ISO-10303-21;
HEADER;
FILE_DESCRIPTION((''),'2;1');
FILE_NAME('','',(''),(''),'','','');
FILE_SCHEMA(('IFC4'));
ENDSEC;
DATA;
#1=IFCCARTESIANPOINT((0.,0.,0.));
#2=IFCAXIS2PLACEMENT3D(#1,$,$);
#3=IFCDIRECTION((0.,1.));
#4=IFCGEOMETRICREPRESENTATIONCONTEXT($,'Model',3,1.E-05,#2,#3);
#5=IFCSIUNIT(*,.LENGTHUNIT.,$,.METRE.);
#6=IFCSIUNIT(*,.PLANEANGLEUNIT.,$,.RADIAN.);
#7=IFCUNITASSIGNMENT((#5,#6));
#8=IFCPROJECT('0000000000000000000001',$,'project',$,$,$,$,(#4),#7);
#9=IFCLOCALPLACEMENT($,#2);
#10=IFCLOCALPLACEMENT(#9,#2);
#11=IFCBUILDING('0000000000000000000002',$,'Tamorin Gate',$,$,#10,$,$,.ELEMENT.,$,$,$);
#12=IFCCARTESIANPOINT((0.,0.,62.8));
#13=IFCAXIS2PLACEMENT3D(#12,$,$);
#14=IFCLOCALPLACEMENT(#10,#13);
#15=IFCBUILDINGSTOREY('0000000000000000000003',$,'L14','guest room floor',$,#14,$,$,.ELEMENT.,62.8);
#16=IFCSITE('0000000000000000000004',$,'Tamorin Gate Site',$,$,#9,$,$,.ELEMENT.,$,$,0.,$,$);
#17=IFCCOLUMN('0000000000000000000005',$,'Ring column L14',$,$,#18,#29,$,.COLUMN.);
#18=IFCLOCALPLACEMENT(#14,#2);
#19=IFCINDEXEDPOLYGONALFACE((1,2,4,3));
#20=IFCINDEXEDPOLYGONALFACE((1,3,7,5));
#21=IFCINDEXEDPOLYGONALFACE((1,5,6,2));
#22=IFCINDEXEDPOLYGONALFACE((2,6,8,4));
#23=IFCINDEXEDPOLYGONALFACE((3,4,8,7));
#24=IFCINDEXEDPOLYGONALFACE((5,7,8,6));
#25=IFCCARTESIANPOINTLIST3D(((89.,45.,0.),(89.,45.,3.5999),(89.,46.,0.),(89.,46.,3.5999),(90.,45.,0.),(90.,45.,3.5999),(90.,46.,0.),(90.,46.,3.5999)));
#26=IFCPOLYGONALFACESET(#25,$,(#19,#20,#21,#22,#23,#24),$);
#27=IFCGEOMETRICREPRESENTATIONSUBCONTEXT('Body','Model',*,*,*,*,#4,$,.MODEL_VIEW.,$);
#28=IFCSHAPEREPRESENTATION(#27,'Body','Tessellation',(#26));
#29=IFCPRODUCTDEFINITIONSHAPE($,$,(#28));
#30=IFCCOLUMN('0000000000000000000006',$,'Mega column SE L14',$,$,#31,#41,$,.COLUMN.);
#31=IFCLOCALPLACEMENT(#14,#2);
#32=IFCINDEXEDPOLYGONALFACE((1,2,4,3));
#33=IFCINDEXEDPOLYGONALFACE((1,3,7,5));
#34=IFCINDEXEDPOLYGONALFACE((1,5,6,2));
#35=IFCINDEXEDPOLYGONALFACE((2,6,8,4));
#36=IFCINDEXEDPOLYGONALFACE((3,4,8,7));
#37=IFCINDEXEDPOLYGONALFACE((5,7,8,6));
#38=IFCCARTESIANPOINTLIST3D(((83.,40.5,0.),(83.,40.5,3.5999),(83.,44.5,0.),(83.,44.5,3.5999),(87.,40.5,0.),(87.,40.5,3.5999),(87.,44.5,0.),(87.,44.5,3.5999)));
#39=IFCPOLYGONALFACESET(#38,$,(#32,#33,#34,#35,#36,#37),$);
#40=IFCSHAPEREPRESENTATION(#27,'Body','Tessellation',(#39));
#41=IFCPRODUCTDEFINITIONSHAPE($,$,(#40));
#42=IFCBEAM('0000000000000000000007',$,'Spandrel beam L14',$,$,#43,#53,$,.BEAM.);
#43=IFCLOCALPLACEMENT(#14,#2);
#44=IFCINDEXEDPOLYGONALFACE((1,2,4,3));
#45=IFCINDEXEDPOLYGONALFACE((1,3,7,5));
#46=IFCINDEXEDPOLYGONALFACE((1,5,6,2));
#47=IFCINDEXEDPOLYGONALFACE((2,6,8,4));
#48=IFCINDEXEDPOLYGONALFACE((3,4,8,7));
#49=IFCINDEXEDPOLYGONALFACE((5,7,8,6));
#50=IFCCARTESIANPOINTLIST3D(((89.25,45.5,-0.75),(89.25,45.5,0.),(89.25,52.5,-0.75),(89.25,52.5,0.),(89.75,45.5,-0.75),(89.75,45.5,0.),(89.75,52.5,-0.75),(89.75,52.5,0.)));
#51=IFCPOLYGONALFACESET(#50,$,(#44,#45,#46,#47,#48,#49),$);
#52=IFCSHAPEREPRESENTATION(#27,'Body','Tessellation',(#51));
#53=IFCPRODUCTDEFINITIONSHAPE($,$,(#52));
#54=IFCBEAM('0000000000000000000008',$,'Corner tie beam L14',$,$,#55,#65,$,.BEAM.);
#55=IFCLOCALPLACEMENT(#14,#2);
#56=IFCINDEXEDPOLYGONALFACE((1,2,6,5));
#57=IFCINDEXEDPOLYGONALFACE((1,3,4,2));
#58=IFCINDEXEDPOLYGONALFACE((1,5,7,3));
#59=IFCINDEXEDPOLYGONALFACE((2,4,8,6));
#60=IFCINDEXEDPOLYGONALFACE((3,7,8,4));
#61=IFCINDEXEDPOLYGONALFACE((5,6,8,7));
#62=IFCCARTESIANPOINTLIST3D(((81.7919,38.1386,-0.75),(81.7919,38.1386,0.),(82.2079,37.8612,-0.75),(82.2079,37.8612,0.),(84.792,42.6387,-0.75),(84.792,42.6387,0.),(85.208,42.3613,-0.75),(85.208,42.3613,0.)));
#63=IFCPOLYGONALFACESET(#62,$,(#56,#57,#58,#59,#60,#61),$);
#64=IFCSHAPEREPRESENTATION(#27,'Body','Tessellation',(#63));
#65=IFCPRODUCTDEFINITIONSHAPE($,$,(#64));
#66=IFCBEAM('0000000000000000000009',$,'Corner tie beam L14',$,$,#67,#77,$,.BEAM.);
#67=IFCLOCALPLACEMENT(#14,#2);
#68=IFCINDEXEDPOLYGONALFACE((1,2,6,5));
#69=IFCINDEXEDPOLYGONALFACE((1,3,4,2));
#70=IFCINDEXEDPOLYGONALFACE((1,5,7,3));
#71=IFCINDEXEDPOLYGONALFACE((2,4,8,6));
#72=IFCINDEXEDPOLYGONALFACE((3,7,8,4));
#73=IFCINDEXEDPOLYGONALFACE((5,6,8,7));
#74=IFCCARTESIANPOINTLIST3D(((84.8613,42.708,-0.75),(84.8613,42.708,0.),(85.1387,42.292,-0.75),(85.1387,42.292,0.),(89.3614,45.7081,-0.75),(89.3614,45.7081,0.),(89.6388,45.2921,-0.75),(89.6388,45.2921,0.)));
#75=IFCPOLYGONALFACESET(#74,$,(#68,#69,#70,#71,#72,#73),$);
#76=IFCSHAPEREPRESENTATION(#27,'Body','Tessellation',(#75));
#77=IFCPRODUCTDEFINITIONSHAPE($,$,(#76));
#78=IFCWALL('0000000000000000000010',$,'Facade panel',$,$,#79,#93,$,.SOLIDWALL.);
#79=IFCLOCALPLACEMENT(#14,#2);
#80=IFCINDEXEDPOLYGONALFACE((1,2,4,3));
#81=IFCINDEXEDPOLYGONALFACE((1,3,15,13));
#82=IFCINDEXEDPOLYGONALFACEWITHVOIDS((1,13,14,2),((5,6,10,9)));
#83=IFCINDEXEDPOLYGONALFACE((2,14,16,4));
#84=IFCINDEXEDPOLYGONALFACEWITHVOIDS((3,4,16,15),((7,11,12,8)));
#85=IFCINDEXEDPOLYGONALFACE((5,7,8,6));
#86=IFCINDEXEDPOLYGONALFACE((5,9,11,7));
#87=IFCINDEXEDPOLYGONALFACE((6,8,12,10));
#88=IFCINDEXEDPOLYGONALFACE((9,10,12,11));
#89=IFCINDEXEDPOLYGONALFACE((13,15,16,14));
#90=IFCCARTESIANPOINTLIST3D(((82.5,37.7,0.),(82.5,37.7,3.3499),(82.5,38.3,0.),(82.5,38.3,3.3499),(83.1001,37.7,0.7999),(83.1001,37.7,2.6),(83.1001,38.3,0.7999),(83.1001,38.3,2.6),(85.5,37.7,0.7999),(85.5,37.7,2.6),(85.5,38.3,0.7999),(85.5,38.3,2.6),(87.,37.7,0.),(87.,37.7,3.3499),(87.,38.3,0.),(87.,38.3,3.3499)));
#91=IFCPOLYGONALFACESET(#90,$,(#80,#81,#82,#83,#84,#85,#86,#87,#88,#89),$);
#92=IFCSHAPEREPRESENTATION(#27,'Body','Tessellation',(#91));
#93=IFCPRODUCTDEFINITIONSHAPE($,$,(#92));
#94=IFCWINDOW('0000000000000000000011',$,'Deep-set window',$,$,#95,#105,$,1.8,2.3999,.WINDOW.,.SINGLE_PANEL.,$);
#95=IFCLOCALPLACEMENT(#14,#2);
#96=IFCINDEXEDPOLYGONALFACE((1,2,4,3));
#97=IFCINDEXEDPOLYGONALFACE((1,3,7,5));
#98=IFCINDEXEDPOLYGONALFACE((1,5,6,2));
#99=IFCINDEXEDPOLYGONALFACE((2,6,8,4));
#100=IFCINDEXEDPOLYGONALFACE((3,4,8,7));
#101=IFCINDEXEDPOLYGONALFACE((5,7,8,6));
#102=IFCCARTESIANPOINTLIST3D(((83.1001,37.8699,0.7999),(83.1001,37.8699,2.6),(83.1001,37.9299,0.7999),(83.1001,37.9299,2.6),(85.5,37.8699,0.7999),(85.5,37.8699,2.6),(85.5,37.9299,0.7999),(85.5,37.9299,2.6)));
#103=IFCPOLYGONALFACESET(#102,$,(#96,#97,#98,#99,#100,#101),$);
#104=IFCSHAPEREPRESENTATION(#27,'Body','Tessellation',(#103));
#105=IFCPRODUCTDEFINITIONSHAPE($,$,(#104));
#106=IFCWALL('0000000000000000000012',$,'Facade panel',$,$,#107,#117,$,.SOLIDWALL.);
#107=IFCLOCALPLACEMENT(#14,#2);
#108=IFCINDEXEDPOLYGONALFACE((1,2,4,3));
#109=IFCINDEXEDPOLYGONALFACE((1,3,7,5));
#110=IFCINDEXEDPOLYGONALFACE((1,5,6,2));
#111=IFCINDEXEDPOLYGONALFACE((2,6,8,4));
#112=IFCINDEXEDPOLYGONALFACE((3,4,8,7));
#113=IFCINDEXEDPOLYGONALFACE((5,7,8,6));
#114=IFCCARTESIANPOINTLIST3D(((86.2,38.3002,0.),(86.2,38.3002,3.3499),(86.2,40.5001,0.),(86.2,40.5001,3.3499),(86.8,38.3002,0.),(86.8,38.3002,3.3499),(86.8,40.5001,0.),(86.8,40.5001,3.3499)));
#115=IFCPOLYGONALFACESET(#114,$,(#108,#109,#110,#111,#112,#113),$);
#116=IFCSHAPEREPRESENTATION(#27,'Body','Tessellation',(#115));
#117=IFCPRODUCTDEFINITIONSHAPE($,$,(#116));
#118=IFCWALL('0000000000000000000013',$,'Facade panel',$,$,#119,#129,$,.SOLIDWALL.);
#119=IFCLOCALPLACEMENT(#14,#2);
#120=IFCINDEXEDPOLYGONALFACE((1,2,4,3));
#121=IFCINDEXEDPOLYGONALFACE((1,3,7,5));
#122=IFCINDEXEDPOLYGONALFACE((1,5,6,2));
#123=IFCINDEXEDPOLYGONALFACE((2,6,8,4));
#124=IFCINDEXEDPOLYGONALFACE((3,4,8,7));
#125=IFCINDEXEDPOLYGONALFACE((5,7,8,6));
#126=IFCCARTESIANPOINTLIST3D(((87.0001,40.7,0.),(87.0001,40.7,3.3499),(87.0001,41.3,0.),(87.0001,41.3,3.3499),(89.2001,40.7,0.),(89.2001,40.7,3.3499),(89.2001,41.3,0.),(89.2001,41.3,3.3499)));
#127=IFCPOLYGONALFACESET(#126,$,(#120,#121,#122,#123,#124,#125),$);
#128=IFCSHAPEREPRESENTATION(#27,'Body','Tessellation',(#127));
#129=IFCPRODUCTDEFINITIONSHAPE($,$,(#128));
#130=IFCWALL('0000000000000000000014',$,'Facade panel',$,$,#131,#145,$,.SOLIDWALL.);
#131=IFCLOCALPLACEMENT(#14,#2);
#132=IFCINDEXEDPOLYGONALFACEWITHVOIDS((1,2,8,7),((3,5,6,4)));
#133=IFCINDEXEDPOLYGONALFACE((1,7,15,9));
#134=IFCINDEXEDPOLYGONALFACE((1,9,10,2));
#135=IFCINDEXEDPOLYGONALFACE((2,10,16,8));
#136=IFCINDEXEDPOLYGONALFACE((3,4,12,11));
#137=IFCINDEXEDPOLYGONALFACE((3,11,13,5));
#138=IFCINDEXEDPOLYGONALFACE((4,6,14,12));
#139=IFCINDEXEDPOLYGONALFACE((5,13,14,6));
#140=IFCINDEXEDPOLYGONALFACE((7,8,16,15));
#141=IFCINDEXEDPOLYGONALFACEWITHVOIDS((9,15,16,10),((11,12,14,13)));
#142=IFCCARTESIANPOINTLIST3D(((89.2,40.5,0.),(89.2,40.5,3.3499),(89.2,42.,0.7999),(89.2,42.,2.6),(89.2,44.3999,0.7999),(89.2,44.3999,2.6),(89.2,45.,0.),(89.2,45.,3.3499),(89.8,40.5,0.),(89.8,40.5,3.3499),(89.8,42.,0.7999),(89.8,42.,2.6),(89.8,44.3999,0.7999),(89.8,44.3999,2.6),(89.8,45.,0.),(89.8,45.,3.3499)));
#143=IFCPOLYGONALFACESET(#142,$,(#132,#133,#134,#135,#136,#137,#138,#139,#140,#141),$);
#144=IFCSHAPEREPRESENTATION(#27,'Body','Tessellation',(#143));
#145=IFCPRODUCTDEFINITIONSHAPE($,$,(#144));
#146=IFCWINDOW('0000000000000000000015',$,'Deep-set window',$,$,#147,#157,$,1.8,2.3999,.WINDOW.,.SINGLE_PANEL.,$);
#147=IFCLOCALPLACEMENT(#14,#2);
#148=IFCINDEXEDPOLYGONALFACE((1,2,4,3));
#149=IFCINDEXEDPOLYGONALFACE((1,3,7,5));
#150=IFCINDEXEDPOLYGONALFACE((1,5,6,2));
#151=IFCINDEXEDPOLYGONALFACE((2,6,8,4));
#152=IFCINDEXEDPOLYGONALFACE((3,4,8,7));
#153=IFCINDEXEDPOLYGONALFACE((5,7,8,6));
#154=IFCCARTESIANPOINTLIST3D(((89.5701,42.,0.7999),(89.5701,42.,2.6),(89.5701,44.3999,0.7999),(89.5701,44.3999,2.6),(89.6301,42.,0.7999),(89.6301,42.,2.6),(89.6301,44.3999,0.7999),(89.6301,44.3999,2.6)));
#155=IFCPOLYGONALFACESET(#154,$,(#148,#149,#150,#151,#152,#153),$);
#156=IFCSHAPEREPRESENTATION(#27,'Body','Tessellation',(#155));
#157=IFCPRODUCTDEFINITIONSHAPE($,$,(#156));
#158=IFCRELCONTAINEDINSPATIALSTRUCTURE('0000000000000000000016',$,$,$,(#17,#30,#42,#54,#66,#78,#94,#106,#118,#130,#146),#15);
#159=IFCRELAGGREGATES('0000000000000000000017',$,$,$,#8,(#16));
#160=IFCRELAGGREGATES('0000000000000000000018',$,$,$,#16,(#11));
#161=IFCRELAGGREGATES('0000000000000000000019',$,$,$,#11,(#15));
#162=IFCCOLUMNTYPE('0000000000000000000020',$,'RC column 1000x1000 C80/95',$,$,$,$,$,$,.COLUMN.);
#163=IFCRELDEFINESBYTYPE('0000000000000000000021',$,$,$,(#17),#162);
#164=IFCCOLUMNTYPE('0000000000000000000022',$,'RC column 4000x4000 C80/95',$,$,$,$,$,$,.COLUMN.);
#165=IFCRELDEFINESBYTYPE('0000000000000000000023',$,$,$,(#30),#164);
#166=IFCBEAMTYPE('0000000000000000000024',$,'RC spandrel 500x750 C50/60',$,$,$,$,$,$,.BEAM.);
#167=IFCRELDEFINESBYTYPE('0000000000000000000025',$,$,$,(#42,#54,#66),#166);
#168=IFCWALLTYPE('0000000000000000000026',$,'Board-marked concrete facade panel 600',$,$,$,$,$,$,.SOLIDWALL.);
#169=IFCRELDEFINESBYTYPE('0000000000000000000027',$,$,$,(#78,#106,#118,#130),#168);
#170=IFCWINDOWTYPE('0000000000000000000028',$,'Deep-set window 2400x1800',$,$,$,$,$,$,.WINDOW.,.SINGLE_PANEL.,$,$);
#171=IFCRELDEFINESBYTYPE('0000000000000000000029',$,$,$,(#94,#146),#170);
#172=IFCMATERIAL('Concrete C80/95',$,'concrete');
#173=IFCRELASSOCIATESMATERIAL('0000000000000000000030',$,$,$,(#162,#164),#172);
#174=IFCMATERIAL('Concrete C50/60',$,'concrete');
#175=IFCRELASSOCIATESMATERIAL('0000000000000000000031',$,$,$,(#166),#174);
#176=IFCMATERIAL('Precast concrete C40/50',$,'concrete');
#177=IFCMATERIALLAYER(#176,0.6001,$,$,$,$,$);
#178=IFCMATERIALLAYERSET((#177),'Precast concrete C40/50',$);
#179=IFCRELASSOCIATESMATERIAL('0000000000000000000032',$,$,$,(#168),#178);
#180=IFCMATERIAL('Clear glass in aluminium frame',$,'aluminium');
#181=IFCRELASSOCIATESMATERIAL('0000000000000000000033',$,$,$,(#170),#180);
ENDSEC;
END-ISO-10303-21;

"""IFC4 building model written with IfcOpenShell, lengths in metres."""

from ifc_helpers import new_model, si_unit, direction, frame, frame_2d, origin, origin_2d, place, context, subcontext, project, spatial, rectangle, extrude, material, layer, layer_set, material_profile, profile_set, type_object, element, fill, save


model = new_model("IFC4")

# Units and contexts
model_context = context("Model", 3, precision=1e-05, world=origin(), true_north=direction((0.0, 1.0)))
body_context = subcontext(model_context, "Body", "Model", "MODEL_VIEW")
ifc_project = project(units=[si_unit("LENGTHUNIT", "METRE"), si_unit("PLANEANGLEUNIT", "RADIAN")], contexts=[model_context])

# Site, building, storey
site_placement = place(None, origin())
site = spatial("IfcSite", under=ifc_project, at=site_placement, Name="Tamorin Gate Site", CompositionType="ELEMENT", RefElevation=0.0)
building_placement = place(site_placement, origin())
building = spatial("IfcBuilding", under=site, at=building_placement, Name="Tamorin Gate", CompositionType="ELEMENT")
storey_placement = place(building_placement, frame((0.0, 0.0, 62.8)))
storey = spatial("IfcBuildingStorey", under=building, at=storey_placement, Name="L14", Description="guest room floor", CompositionType="ELEMENT", Elevation=62.8)

# Columns
ifc_material_1 = material(Name="Concrete C80/95", Category="concrete")
ifc_material_profile_1 = material_profile(ifc_material_1, rectangle(XDim=1.0, YDim=1.0, at=origin_2d()), Name="RC 1000x1000")
ifc_profile_set_1 = profile_set([ifc_material_profile_1], Name="Concrete C80/95")
column_type_1 = type_object("IfcColumnType", Name="RC column 1000x1000 C80/95", PredefinedType="COLUMN", material=ifc_profile_set_1)
column_1_placement = place(storey_placement, frame((89.5, 45.5, 0.0), z_axis=(0.0, 0.0, 1.0), x_axis=(1.0, 0.0, 0.0)))
element("IfcColumn", 1, at=column_1_placement, inside=storey, type_object=column_type_1, Name="Ring column L14", PredefinedType="COLUMN", context=body_context, shape_type="SweptSolid", body=[
    extrude(rectangle(XDim=1.0, YDim=1.0, at=origin_2d()), origin(), (0.0, 0.0, 1.0), 3.5999),
])
ifc_material_profile_2 = material_profile(ifc_material_1, rectangle(XDim=4.0, YDim=4.0, at=origin_2d()), Name="RC 4000x4000")
ifc_profile_set_2 = profile_set([ifc_material_profile_2], Name="Concrete C80/95")
column_type_2 = type_object("IfcColumnType", Name="RC column 4000x4000 C80/95", PredefinedType="COLUMN", material=ifc_profile_set_2)
column_2_placement = place(storey_placement, frame((85.0, 42.5, 0.0), z_axis=(0.0, 0.0, 1.0), x_axis=(1.0, 0.0, 0.0)))
element("IfcColumn", 2, at=column_2_placement, inside=storey, type_object=column_type_2, Name="Mega column SE L14", PredefinedType="COLUMN", context=body_context, shape_type="SweptSolid", body=[
    extrude(rectangle(XDim=4.0, YDim=4.0, at=origin_2d()), origin(), (0.0, 0.0, 1.0), 3.5999),
])

# Beams
ifc_material_2 = material(Name="Concrete C50/60", Category="concrete")
ifc_material_profile_3 = material_profile(ifc_material_2, rectangle(XDim=0.5, YDim=0.75, at=origin_2d()), Name="RC 500x750")
ifc_profile_set_3 = profile_set([ifc_material_profile_3], Name="Concrete C50/60")
beam_type = type_object("IfcBeamType", Name="RC spandrel 500x750 C50/60", PredefinedType="BEAM", material=ifc_profile_set_3)
beam_placement = place(storey_placement, frame((89.5, 45.5, -0.375), z_axis=(0.0, 1.0, 0.0), x_axis=(-1.0, 0.0, 0.0)))
element("IfcBeam", 3, at=beam_placement, inside=storey, type_object=beam_type, Name="Spandrel beam L14", PredefinedType="BEAM", context=body_context, shape_type="SweptSolid", body=[
    extrude(rectangle(XDim=0.5, YDim=0.75, at=origin_2d()), origin(), (0.0, 0.0, 1.0), 7.0),
])
for number, where, z_axis, x_axis, name in (
    (4, (85.0, 42.5, -0.375), (-0.5547, -0.83205, 0.0), (0.83205, -0.5547, 0.0), "Corner tie beam L14"),
    (5, (85.0, 42.5, -0.375), (0.83205, 0.5547, 0.0), (-0.5547, 0.83205, 0.0), "Corner tie beam L14"),
):
    element("IfcBeam", number, at=place(storey_placement, frame(where, z_axis=z_axis, x_axis=x_axis)), inside=storey, type_object=beam_type, Name=name, PredefinedType="BEAM", context=body_context, shape_type="SweptSolid", body=[
        extrude(rectangle(XDim=0.5, YDim=0.75, at=origin_2d()), origin(), (0.0, 0.0, 1.0), 5.4084),
    ])

# Wall, opening, window
ifc_material_3 = material(Name="Precast concrete C40/50", Category="concrete")
ifc_layer_1 = layer(ifc_material_3, 0.6001)
ifc_layer_set_1 = layer_set([ifc_layer_1], Name="Precast concrete C40/50")
wall_type_1 = type_object("IfcWallType", Name="Board-marked concrete facade panel 600", PredefinedType="SOLIDWALL", material=ifc_layer_set_1)
wall_1_placement = place(storey_placement, frame((82.5, 38.0, 0.0), z_axis=(0.0, 0.0, 1.0), x_axis=(1.0, 0.0, 0.0)))
wall_1 = element("IfcWall", 6, at=wall_1_placement, inside=storey, type_object=wall_type_1, Name="Facade panel", PredefinedType="SOLIDWALL", context=body_context, shape_type="SweptSolid", body=[
    extrude(rectangle(XDim=4.5, YDim=0.6001, at=frame_2d((2.25, 0.0))), origin(), (0.0, 0.0, 1.0), 3.3499),
])
opening_1_placement = place(wall_1_placement, frame((0.6001, 0.0, 0.8)))
opening_1 = element("IfcOpeningElement", 7, at=opening_1_placement, cuts=wall_1, PredefinedType="OPENING", context=body_context, shape_type="SweptSolid", body=[
    extrude(rectangle(XDim=2.3999, YDim=1.8, at=frame_2d((1.2, 0.8999))), frame((0.0, 0.3101, 0.0), z_axis=(0.0, -1.0, 0.0), x_axis=(1.0, 0.0, 0.0)), (0.0, 0.0, 1.0), 0.6201),
])
ifc_material_4 = material(Name="Clear glass in aluminium frame", Category="aluminium")
window_type = type_object("IfcWindowType", Name="Deep-set window 2400x1800", PartitioningType="SINGLE_PANEL", PredefinedType="WINDOW", material=ifc_material_4)
window_1_placement = place(opening_1_placement, origin())
window_1 = element("IfcWindow", 8, at=window_1_placement, inside=storey, type_object=window_type, Name="Deep-set window", OverallHeight=1.8, OverallWidth=2.3999, PartitioningType="SINGLE_PANEL", PredefinedType="WINDOW", context=body_context, shape_type="SweptSolid", body=[
    extrude(rectangle(XDim=2.3999, YDim=1.8, at=frame_2d((1.2, 0.8999))), frame((0.0, -0.0701, 0.0), z_axis=(0.0, -1.0, 0.0), x_axis=(1.0, 0.0, 0.0)), (0.0, 0.0, 1.0), 0.0601),
])
fill(opening_1, window_1)

# Walls
for number, where, z_axis, x_axis, name in (
    (9, (86.5, 38.3, 0.0), (0.0, 0.0, 1.0), (0.0, 1.0, 0.0), "Facade panel"),
    (10, (87.0, 41.0, 0.0), (0.0, 0.0, 1.0), (1.0, 0.0, 0.0), "Facade panel"),
):
    element("IfcWall", number, at=place(storey_placement, frame(where, z_axis=z_axis, x_axis=x_axis)), inside=storey, type_object=wall_type_1, Name=name, PredefinedType="SOLIDWALL", context=body_context, shape_type="SweptSolid", body=[
        extrude(rectangle(XDim=2.2, YDim=0.6001, at=frame_2d((1.1001, 0.0))), origin(), (0.0, 0.0, 1.0), 3.3499),
    ])

# Wall, opening, window
wall_2_placement = place(storey_placement, frame((89.5, 40.5, 0.0), z_axis=(0.0, 0.0, 1.0), x_axis=(0.0, 1.0, 0.0)))
wall_2 = element("IfcWall", 11, at=wall_2_placement, inside=storey, type_object=wall_type_1, Name="Facade panel", PredefinedType="SOLIDWALL", context=body_context, shape_type="SweptSolid", body=[
    extrude(rectangle(XDim=4.5, YDim=0.6001, at=frame_2d((2.25, 0.0))), origin(), (0.0, 0.0, 1.0), 3.3499),
])
opening_2_placement = place(wall_2_placement, frame((1.5, 0.0, 0.8)))
opening_2 = element("IfcOpeningElement", 12, at=opening_2_placement, cuts=wall_2, PredefinedType="OPENING", context=body_context, shape_type="SweptSolid", body=[
    extrude(rectangle(XDim=2.3999, YDim=1.8, at=frame_2d((1.2, 0.8999))), frame((0.0, 0.3101, 0.0), z_axis=(0.0, -1.0, 0.0), x_axis=(1.0, 0.0, 0.0)), (0.0, 0.0, 1.0), 0.6201),
])
window_2_placement = place(opening_2_placement, origin())
window_2 = element("IfcWindow", 13, at=window_2_placement, inside=storey, type_object=window_type, Name="Deep-set window", OverallHeight=1.8, OverallWidth=2.3999, PartitioningType="SINGLE_PANEL", PredefinedType="WINDOW", context=body_context, shape_type="SweptSolid", body=[
    extrude(rectangle(XDim=2.3999, YDim=1.8, at=frame_2d((1.2, 0.8999))), frame((0.0, -0.0701, 0.0), z_axis=(0.0, -1.0, 0.0), x_axis=(1.0, 0.0, 0.0)), (0.0, 0.0, 1.0), 0.0601),
])
fill(opening_2, window_2)

save(model, "model.ifc")
